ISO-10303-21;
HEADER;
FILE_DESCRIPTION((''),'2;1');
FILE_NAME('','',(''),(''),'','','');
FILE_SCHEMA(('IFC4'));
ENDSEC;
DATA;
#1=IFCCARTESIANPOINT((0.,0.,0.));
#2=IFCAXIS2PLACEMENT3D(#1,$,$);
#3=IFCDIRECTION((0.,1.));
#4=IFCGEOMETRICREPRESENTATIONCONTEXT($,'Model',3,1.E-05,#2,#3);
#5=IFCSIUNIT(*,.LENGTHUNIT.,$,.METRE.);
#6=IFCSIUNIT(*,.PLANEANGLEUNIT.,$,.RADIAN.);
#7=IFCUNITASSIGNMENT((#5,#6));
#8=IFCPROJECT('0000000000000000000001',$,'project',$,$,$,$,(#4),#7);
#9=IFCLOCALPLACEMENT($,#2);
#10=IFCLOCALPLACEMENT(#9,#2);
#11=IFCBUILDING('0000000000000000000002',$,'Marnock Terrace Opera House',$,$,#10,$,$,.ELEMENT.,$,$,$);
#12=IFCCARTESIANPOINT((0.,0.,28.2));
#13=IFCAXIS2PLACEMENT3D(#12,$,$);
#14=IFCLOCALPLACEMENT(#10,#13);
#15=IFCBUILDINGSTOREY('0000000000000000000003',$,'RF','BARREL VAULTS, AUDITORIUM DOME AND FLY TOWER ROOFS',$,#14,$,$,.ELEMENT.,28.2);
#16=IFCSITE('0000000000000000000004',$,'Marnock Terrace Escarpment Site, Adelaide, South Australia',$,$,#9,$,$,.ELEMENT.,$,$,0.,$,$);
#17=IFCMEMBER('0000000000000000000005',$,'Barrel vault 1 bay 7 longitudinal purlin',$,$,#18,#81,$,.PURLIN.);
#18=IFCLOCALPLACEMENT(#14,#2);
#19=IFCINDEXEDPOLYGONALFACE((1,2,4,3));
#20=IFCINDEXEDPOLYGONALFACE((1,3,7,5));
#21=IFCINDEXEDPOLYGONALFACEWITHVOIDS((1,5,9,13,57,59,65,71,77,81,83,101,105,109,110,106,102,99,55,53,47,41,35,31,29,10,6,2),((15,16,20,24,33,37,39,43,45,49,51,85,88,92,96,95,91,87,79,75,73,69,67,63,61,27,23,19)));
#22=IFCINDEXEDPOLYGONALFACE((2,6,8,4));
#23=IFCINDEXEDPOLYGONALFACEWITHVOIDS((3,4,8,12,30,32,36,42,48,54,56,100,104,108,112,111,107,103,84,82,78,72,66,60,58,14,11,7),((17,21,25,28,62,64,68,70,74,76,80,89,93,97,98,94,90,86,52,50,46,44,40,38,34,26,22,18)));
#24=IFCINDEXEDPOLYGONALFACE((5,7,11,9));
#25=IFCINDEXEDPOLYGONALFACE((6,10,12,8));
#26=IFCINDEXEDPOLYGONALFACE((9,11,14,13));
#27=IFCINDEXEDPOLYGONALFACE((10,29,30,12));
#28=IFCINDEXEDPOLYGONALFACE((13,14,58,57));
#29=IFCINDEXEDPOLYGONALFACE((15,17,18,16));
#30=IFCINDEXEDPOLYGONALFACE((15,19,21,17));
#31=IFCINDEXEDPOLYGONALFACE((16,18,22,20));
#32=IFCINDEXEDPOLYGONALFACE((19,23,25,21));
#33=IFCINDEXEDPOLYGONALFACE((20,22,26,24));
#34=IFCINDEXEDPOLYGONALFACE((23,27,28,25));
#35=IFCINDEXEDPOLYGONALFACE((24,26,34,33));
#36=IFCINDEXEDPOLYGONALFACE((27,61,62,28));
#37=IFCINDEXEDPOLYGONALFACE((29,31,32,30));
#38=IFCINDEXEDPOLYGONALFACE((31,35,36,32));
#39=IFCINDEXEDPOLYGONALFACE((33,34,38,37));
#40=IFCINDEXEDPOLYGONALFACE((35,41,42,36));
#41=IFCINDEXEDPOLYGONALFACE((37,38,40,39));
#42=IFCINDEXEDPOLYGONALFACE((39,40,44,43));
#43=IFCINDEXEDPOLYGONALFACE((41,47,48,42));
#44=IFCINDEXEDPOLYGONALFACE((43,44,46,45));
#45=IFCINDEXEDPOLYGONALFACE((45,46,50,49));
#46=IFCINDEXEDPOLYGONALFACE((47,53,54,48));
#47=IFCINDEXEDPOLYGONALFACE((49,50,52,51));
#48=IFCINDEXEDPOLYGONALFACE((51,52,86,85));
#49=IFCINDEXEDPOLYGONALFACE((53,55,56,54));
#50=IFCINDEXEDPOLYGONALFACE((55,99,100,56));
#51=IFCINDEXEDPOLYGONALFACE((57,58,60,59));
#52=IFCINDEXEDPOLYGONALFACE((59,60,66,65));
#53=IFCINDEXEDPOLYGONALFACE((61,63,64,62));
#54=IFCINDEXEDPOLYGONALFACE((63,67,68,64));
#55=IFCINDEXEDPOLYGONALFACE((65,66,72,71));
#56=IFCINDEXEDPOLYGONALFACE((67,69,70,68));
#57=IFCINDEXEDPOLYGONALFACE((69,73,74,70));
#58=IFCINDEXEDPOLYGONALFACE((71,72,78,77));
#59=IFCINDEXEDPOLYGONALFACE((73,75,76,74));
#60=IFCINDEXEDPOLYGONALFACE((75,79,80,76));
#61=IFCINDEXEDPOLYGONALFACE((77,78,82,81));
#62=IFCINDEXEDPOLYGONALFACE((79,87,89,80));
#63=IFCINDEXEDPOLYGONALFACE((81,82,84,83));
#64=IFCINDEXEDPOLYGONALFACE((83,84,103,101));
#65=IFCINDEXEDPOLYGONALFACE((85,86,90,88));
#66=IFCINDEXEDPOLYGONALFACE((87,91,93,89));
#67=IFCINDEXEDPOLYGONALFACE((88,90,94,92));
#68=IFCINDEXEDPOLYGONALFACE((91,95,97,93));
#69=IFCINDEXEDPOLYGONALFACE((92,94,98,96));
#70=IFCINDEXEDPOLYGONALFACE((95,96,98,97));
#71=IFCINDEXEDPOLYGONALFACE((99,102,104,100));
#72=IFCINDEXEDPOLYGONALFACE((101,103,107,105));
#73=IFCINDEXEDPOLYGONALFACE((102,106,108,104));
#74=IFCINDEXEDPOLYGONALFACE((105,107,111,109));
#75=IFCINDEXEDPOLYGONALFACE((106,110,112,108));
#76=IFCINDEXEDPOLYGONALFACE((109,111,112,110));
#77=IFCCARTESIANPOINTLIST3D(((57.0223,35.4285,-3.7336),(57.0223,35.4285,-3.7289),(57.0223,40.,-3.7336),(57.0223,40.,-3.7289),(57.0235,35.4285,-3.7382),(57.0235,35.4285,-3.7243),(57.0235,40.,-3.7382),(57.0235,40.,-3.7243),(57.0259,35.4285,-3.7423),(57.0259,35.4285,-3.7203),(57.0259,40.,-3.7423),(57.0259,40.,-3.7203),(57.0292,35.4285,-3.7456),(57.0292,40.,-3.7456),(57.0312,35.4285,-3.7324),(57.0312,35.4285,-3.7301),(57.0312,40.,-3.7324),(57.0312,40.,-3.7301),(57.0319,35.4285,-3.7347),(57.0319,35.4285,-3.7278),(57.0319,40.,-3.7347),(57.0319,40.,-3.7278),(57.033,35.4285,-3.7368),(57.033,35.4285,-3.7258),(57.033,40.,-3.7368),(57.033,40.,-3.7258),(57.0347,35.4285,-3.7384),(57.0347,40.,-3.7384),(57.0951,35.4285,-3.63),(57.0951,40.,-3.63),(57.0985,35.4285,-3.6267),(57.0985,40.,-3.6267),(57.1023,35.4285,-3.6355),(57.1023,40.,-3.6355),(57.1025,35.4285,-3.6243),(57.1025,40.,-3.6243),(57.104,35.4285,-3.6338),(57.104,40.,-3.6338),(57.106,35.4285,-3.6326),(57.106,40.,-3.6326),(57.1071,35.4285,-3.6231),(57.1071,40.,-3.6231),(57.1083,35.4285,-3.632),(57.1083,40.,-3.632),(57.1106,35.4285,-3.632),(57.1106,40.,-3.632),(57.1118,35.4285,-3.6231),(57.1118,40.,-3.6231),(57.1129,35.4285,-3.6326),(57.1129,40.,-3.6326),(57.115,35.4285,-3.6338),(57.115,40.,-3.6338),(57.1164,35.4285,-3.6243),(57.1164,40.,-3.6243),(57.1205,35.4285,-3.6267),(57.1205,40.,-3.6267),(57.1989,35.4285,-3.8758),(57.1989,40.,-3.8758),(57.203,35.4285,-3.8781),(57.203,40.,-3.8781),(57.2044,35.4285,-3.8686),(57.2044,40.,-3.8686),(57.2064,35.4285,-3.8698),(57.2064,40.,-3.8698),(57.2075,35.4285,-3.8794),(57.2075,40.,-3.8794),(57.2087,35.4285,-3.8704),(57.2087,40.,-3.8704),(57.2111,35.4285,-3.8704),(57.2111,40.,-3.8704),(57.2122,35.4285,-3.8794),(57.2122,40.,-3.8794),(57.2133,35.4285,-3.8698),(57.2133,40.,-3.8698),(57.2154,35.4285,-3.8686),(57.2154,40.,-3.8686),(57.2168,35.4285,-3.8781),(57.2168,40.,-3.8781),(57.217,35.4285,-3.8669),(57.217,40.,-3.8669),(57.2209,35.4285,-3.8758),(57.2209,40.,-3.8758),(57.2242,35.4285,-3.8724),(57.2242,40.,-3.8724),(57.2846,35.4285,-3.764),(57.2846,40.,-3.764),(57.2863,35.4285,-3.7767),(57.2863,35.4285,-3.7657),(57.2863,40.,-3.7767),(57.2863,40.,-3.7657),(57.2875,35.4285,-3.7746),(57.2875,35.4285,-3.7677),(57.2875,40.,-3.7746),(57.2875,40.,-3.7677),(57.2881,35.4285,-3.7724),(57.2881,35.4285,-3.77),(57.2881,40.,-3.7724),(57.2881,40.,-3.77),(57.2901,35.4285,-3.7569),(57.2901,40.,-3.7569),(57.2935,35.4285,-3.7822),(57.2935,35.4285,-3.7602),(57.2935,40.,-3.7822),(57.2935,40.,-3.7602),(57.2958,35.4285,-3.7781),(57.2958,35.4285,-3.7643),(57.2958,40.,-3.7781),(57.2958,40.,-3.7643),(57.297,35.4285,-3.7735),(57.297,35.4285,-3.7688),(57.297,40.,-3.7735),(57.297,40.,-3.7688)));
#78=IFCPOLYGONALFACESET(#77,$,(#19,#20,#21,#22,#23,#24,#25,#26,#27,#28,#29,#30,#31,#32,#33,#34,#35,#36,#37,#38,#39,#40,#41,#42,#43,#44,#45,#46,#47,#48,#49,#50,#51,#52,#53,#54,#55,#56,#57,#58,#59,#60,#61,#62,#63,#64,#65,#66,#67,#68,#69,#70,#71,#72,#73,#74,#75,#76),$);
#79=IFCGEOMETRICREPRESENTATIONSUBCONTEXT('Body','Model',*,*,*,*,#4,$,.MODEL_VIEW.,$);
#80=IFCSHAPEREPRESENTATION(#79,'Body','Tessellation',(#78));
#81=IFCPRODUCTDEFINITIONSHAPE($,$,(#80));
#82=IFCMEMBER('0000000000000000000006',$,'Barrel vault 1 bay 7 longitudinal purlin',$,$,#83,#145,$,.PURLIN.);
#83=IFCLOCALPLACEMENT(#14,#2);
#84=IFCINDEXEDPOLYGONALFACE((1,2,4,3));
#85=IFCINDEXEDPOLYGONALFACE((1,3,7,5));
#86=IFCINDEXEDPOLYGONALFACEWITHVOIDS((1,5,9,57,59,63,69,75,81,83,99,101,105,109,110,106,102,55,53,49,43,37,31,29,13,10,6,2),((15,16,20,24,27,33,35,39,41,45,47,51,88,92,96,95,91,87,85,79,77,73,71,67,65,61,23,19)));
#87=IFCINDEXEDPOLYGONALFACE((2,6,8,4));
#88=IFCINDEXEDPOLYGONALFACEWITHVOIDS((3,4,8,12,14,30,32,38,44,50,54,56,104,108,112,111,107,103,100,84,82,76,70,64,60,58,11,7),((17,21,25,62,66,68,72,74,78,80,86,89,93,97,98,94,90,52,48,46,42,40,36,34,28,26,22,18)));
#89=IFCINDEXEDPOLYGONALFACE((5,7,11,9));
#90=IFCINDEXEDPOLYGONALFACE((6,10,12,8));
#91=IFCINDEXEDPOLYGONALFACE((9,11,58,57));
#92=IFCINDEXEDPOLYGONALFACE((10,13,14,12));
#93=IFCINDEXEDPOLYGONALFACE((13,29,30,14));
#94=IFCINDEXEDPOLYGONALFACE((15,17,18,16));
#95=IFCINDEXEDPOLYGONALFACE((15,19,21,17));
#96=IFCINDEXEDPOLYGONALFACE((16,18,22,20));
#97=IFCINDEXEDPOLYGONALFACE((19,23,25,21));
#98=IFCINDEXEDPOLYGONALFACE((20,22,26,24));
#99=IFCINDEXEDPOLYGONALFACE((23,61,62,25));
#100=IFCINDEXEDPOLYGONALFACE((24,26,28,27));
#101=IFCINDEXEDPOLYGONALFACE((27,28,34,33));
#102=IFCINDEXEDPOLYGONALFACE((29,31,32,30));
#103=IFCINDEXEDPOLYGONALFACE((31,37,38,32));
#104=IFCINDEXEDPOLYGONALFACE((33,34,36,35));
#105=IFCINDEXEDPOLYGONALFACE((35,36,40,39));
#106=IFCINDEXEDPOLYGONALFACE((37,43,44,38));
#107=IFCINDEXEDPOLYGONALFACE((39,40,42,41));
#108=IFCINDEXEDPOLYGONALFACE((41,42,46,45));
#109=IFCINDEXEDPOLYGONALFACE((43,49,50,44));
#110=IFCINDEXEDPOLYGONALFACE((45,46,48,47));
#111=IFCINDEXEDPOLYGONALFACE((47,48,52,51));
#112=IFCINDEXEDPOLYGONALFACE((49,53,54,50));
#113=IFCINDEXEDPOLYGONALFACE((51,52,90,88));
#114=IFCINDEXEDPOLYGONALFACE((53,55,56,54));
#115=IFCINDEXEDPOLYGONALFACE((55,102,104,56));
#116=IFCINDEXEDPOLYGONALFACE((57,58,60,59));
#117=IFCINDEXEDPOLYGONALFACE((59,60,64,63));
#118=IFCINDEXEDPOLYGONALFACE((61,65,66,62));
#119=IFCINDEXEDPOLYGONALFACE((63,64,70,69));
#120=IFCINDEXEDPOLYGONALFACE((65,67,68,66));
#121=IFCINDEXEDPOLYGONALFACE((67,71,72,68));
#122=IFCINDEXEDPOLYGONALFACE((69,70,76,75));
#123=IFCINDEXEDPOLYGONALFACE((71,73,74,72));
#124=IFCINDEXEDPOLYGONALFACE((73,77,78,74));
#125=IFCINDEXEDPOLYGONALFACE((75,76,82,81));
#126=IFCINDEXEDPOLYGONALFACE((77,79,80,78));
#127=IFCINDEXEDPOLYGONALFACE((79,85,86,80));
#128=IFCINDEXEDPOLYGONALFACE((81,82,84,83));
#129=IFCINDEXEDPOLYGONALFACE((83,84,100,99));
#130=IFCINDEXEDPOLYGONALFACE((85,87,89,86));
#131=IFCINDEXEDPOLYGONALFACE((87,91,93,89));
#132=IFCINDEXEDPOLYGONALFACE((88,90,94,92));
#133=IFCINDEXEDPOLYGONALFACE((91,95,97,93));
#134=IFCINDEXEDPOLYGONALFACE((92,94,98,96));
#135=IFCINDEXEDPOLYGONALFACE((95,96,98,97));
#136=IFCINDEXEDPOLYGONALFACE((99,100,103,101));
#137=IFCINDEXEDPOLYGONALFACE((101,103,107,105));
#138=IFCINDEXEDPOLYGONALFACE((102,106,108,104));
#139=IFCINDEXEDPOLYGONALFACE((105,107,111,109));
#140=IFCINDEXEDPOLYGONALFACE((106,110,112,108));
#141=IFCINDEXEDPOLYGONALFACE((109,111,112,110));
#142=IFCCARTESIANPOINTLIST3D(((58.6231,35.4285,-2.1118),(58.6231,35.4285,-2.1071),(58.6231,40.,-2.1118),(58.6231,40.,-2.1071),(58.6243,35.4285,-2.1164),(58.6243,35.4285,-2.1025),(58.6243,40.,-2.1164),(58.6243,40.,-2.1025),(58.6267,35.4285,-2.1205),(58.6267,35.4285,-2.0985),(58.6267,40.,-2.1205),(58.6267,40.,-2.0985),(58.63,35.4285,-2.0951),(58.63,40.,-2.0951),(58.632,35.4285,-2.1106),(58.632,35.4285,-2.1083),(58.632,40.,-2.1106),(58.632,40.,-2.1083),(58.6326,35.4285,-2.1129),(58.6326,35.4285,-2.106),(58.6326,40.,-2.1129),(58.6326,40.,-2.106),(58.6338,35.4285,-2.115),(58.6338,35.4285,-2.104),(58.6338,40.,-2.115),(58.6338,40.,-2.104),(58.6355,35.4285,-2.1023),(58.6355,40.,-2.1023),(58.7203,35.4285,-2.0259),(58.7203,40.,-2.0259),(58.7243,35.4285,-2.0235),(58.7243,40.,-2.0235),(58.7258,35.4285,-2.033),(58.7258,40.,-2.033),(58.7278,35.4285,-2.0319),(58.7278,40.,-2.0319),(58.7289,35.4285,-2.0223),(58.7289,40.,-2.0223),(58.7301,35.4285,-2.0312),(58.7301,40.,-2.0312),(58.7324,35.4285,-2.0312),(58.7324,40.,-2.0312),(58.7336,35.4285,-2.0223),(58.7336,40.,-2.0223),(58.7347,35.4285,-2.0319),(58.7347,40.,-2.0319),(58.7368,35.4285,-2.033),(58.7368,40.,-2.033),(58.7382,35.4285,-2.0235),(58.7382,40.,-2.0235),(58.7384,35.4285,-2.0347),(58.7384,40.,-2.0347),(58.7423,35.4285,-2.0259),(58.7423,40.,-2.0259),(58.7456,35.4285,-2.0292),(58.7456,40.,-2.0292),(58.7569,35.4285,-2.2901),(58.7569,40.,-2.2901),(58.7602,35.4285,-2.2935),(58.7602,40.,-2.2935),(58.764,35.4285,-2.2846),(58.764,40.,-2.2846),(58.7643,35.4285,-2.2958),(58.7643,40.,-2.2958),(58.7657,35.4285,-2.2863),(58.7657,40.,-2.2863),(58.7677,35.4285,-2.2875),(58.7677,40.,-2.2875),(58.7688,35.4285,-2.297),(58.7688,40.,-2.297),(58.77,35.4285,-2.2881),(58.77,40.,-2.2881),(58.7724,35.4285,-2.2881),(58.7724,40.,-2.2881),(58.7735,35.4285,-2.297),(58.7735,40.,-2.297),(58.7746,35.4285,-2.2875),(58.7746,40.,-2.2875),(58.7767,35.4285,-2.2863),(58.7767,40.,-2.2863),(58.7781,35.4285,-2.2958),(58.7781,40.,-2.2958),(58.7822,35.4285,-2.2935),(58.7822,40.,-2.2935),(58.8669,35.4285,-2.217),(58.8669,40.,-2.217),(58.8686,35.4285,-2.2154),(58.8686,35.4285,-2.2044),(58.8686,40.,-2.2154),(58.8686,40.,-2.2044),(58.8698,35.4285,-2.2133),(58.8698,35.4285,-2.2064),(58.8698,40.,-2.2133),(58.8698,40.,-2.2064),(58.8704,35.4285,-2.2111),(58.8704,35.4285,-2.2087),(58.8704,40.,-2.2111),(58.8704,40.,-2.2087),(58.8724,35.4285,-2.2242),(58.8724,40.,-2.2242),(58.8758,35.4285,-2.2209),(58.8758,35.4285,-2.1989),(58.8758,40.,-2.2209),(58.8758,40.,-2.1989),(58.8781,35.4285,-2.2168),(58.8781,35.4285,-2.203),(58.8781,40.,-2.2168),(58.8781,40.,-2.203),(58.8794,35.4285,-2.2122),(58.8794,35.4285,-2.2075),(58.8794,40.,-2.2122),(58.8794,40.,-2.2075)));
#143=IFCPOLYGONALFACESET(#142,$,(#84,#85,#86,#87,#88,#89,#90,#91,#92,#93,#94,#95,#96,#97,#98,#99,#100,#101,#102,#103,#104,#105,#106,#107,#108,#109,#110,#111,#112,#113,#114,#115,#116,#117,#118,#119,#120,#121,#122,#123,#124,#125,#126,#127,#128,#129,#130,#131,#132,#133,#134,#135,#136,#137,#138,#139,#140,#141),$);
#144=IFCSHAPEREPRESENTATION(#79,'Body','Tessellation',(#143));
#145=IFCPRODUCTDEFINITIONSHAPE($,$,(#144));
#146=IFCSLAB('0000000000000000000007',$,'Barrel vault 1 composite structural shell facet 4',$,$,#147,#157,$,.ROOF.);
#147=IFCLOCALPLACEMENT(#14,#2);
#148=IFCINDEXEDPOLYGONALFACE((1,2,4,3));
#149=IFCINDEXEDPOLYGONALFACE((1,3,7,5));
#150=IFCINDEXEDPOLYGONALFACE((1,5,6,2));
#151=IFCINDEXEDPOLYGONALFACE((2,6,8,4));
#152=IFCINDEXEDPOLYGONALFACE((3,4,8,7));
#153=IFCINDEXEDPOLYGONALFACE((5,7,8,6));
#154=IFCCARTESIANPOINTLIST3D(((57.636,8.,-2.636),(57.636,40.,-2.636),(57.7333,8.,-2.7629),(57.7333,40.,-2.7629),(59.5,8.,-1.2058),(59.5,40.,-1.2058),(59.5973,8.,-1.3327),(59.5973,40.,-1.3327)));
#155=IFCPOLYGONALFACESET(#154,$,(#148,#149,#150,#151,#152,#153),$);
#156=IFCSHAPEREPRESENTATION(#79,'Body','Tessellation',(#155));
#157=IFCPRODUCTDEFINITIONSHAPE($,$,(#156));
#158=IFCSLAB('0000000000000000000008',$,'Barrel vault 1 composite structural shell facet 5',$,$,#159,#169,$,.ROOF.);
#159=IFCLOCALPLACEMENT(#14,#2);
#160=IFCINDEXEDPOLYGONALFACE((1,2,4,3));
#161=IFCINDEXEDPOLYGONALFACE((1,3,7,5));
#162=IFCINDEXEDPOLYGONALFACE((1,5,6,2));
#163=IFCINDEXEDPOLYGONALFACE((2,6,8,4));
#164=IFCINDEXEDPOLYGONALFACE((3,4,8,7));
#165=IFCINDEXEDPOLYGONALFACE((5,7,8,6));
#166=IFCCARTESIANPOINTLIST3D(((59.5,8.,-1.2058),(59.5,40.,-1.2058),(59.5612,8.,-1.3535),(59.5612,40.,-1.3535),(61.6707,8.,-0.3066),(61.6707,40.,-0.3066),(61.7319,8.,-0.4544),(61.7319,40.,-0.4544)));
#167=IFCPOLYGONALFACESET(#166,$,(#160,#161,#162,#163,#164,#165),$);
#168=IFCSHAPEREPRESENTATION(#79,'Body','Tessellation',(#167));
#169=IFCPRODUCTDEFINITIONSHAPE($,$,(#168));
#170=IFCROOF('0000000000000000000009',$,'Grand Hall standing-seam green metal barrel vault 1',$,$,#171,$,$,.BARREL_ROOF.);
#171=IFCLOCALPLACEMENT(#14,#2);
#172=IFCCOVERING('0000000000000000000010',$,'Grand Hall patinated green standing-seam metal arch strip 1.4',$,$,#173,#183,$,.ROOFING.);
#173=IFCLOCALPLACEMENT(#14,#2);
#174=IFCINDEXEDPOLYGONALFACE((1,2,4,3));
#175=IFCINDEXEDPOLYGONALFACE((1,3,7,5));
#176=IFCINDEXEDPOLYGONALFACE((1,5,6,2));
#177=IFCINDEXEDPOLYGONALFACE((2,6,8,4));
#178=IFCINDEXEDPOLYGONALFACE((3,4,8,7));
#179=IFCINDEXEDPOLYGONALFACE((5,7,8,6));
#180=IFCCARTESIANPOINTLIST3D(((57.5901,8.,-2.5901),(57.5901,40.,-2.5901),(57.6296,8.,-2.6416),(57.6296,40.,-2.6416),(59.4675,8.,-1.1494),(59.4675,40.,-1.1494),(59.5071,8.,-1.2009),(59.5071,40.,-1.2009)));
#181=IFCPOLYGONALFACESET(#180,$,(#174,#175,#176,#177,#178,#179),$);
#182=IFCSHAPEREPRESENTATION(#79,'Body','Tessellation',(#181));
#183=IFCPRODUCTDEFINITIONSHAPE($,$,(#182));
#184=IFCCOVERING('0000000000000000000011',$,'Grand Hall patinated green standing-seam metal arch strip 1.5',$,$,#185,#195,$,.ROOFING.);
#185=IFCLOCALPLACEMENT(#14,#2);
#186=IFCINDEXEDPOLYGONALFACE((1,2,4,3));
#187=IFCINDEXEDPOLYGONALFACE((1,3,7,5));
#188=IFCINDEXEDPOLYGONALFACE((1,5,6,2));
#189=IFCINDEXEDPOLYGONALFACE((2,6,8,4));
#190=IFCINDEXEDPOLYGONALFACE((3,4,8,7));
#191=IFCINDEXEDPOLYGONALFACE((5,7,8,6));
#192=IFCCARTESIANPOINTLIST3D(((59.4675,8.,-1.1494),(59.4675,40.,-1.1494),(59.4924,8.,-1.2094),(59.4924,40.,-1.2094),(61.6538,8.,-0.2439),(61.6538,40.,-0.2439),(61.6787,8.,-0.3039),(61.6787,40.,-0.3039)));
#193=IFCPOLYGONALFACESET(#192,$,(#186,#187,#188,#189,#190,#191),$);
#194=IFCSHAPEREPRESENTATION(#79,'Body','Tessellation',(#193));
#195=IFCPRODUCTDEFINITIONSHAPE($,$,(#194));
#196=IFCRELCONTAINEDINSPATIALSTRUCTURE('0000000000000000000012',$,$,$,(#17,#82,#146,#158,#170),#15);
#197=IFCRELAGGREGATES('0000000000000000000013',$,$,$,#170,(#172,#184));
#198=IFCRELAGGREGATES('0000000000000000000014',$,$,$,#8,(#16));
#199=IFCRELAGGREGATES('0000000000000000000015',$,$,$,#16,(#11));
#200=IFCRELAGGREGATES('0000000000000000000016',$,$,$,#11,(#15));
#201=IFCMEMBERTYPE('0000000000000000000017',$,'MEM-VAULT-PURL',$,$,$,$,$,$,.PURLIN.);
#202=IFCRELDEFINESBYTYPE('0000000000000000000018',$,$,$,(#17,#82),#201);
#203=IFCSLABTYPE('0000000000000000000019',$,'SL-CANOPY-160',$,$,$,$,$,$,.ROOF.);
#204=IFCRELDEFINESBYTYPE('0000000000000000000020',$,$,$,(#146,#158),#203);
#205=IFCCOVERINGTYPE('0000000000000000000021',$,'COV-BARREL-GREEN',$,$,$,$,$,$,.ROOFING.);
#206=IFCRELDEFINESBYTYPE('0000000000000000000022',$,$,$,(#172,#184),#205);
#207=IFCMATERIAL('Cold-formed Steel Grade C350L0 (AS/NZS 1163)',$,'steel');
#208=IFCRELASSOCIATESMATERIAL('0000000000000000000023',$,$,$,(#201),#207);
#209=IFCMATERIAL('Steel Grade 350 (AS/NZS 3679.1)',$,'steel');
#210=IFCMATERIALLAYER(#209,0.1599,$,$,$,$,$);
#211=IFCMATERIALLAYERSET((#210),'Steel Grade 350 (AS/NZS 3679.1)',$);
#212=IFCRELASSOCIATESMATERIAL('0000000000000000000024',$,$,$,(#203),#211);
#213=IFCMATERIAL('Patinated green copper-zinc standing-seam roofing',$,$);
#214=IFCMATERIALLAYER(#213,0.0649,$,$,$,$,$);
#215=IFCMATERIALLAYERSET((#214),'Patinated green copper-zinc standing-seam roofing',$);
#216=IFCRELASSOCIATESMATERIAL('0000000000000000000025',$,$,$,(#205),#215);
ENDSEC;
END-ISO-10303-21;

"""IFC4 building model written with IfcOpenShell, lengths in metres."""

from ifc_helpers import new_model, si_unit, direction, frame, origin, origin_2d, place, context, subcontext, project, spatial, polyline, hollow_rectangle, outline, extrude, material, layer, layer_set, material_profile, profile_set, type_object, element, aggregate, save


model = new_model("IFC4")

# Units and contexts
model_context = context("Model", 3, precision=1e-05, world=origin(), true_north=direction((0.0, 1.0)))
body_context = subcontext(model_context, "Body", "Model", "MODEL_VIEW")
ifc_project = project(units=[si_unit("LENGTHUNIT", "METRE"), si_unit("PLANEANGLEUNIT", "RADIAN")], contexts=[model_context])

# Site, building, storey
site_placement = place(None, origin())
site = spatial("IfcSite", under=ifc_project, at=site_placement, Name="Marnock Terrace Escarpment Site, Adelaide, South Australia", CompositionType="ELEMENT", RefElevation=0.0)
building_placement = place(site_placement, origin())
building = spatial("IfcBuilding", under=site, at=building_placement, Name="Marnock Terrace Opera House", CompositionType="ELEMENT")
storey_placement = place(building_placement, frame((0.0, 0.0, 28.2)))
storey = spatial("IfcBuildingStorey", under=building, at=storey_placement, Name="RF", Description="BARREL VAULTS, AUDITORIUM DOME AND FLY TOWER ROOFS", CompositionType="ELEMENT", Elevation=28.2)

# Members
ifc_material_1 = material(Name="Cold-formed Steel Grade C350L0 (AS/NZS 1163)", Category="steel")
ifc_material_profile_1 = material_profile(ifc_material_1, hollow_rectangle(XDim=0.1499, YDim=0.25, WallThickness=0.009, InnerFilletRadius=0.009, OuterFilletRadius=0.0181, at=origin_2d()))
ifc_profile_set_1 = profile_set([ifc_material_profile_1], Name="Cold-formed Steel Grade C350L0 (AS/NZS 1163)")
member_type_1 = type_object("IfcMemberType", Name="MEM-VAULT-PURL", PredefinedType="PURLIN", material=ifc_profile_set_1)
for number, where, z_axis, x_axis, name in (
    (1, (57.1597, 35.4285, -3.7512), (0.0, 1.0, 0.0), (-0.608761, 0.0, -0.793353), "Barrel vault 1 bay 7 longitudinal purlin"),
    (2, (58.7512, 35.4285, -2.1597), (0.0, 1.0, 0.0), (-0.793353, 0.0, -0.608761), "Barrel vault 1 bay 7 longitudinal purlin"),
):
    element("IfcMember", number, at=place(storey_placement, frame(where, z_axis=z_axis, x_axis=x_axis)), inside=storey, type_object=member_type_1, Name=name, PredefinedType="PURLIN", context=body_context, shape_type="SweptSolid", body=[
        extrude(hollow_rectangle(XDim=0.1499, YDim=0.25, WallThickness=0.009, InnerFilletRadius=0.009, OuterFilletRadius=0.0181, at=origin_2d()), origin(), (0.0, 0.0, 1.0), 4.5715),
    ])

# Slabs
ifc_material_2 = material(Name="Steel Grade 350 (AS/NZS 3679.1)", Category="steel")
ifc_layer_1 = layer(ifc_material_2, 0.1599)
ifc_layer_set_1 = layer_set([ifc_layer_1], Name="Steel Grade 350 (AS/NZS 3679.1)")
slab_type = type_object("IfcSlabType", Name="SL-CANOPY-160", PredefinedType="ROOF", material=ifc_layer_set_1)
slab_1_placement = place(storey_placement, frame((57.636, 8.0, -2.636), z_axis=(-0.608726, 0.0, 0.793381), x_axis=(0.793381, 0.0, 0.608726)))
element("IfcSlab", 3, at=slab_1_placement, inside=storey, type_object=slab_type, Name="Barrel vault 1 composite structural shell facet 4", PredefinedType="ROOF", context=body_context, shape_type="SweptSolid", body=[
    extrude(outline(polyline([(0.0, 0.0), (2.3495, 0.0), (2.3495, 32.0), (0.0, 32.0), (0.0, 0.0)])), origin(), (0.0, 0.0, -1.0), 0.1599),
])
slab_2_placement = place(storey_placement, frame((59.5, 8.0, -1.2058), z_axis=(-0.382704, 0.0, 0.923871), x_axis=(0.923871, 0.0, 0.382704)))
element("IfcSlab", 4, at=slab_2_placement, inside=storey, type_object=slab_type, Name="Barrel vault 1 composite structural shell facet 5", PredefinedType="ROOF", context=body_context, shape_type="SweptSolid", body=[
    extrude(outline(polyline([(0.0, 0.0), (2.3495, 0.0), (2.3495, 32.0), (0.0, 32.0), (0.0, 0.0)])), origin(), (0.0, 0.0, -1.0), 0.1599),
])

# Roof, coverings
roof_placement = place(storey_placement, origin())
roof = element("IfcRoof", 5, at=roof_placement, inside=storey, Name="Grand Hall standing-seam green metal barrel vault 1", PredefinedType="BARREL_ROOF")
ifc_material_3 = material(Name="Patinated green copper-zinc standing-seam roofing")
ifc_layer_2 = layer(ifc_material_3, 0.0649)
ifc_layer_set_2 = layer_set([ifc_layer_2], Name="Patinated green copper-zinc standing-seam roofing")
covering_type = type_object("IfcCoveringType", Name="COV-BARREL-GREEN", PredefinedType="ROOFING", material=ifc_layer_set_2)
covering_1_placement = place(storey_placement, frame((57.5901, 8.0, -2.5901), z_axis=(-0.608778, 0.0, 0.793341), x_axis=(0.793341, 0.0, 0.608778)))
covering_1 = element("IfcCovering", 6, at=covering_1_placement, type_object=covering_type, Name="Grand Hall patinated green standing-seam metal arch strip 1.4", PredefinedType="ROOFING", context=body_context, shape_type="SweptSolid", body=[
    extrude(outline(polyline([(0.0, 0.0), (2.3665, 0.0), (2.3665, 32.0), (0.0, 32.0), (0.0, 0.0)])), origin(), (0.0, 0.0, -1.0), 0.0649),
])
covering_2_placement = place(storey_placement, frame((59.4675, 8.0, -1.1494), z_axis=(-0.382659, 0.0, 0.92389), x_axis=(0.92389, 0.0, 0.382659)))
covering_2 = element("IfcCovering", 7, at=covering_2_placement, type_object=covering_type, Name="Grand Hall patinated green standing-seam metal arch strip 1.5", PredefinedType="ROOFING", context=body_context, shape_type="SweptSolid", body=[
    extrude(outline(polyline([(0.0, 0.0), (2.3664, 0.0), (2.3664, 32.0), (0.0, 32.0), (0.0, 0.0)])), origin(), (0.0, 0.0, -1.0), 0.0649),
])
aggregate(roof, [covering_1, covering_2])

save(model, "model.ifc")
